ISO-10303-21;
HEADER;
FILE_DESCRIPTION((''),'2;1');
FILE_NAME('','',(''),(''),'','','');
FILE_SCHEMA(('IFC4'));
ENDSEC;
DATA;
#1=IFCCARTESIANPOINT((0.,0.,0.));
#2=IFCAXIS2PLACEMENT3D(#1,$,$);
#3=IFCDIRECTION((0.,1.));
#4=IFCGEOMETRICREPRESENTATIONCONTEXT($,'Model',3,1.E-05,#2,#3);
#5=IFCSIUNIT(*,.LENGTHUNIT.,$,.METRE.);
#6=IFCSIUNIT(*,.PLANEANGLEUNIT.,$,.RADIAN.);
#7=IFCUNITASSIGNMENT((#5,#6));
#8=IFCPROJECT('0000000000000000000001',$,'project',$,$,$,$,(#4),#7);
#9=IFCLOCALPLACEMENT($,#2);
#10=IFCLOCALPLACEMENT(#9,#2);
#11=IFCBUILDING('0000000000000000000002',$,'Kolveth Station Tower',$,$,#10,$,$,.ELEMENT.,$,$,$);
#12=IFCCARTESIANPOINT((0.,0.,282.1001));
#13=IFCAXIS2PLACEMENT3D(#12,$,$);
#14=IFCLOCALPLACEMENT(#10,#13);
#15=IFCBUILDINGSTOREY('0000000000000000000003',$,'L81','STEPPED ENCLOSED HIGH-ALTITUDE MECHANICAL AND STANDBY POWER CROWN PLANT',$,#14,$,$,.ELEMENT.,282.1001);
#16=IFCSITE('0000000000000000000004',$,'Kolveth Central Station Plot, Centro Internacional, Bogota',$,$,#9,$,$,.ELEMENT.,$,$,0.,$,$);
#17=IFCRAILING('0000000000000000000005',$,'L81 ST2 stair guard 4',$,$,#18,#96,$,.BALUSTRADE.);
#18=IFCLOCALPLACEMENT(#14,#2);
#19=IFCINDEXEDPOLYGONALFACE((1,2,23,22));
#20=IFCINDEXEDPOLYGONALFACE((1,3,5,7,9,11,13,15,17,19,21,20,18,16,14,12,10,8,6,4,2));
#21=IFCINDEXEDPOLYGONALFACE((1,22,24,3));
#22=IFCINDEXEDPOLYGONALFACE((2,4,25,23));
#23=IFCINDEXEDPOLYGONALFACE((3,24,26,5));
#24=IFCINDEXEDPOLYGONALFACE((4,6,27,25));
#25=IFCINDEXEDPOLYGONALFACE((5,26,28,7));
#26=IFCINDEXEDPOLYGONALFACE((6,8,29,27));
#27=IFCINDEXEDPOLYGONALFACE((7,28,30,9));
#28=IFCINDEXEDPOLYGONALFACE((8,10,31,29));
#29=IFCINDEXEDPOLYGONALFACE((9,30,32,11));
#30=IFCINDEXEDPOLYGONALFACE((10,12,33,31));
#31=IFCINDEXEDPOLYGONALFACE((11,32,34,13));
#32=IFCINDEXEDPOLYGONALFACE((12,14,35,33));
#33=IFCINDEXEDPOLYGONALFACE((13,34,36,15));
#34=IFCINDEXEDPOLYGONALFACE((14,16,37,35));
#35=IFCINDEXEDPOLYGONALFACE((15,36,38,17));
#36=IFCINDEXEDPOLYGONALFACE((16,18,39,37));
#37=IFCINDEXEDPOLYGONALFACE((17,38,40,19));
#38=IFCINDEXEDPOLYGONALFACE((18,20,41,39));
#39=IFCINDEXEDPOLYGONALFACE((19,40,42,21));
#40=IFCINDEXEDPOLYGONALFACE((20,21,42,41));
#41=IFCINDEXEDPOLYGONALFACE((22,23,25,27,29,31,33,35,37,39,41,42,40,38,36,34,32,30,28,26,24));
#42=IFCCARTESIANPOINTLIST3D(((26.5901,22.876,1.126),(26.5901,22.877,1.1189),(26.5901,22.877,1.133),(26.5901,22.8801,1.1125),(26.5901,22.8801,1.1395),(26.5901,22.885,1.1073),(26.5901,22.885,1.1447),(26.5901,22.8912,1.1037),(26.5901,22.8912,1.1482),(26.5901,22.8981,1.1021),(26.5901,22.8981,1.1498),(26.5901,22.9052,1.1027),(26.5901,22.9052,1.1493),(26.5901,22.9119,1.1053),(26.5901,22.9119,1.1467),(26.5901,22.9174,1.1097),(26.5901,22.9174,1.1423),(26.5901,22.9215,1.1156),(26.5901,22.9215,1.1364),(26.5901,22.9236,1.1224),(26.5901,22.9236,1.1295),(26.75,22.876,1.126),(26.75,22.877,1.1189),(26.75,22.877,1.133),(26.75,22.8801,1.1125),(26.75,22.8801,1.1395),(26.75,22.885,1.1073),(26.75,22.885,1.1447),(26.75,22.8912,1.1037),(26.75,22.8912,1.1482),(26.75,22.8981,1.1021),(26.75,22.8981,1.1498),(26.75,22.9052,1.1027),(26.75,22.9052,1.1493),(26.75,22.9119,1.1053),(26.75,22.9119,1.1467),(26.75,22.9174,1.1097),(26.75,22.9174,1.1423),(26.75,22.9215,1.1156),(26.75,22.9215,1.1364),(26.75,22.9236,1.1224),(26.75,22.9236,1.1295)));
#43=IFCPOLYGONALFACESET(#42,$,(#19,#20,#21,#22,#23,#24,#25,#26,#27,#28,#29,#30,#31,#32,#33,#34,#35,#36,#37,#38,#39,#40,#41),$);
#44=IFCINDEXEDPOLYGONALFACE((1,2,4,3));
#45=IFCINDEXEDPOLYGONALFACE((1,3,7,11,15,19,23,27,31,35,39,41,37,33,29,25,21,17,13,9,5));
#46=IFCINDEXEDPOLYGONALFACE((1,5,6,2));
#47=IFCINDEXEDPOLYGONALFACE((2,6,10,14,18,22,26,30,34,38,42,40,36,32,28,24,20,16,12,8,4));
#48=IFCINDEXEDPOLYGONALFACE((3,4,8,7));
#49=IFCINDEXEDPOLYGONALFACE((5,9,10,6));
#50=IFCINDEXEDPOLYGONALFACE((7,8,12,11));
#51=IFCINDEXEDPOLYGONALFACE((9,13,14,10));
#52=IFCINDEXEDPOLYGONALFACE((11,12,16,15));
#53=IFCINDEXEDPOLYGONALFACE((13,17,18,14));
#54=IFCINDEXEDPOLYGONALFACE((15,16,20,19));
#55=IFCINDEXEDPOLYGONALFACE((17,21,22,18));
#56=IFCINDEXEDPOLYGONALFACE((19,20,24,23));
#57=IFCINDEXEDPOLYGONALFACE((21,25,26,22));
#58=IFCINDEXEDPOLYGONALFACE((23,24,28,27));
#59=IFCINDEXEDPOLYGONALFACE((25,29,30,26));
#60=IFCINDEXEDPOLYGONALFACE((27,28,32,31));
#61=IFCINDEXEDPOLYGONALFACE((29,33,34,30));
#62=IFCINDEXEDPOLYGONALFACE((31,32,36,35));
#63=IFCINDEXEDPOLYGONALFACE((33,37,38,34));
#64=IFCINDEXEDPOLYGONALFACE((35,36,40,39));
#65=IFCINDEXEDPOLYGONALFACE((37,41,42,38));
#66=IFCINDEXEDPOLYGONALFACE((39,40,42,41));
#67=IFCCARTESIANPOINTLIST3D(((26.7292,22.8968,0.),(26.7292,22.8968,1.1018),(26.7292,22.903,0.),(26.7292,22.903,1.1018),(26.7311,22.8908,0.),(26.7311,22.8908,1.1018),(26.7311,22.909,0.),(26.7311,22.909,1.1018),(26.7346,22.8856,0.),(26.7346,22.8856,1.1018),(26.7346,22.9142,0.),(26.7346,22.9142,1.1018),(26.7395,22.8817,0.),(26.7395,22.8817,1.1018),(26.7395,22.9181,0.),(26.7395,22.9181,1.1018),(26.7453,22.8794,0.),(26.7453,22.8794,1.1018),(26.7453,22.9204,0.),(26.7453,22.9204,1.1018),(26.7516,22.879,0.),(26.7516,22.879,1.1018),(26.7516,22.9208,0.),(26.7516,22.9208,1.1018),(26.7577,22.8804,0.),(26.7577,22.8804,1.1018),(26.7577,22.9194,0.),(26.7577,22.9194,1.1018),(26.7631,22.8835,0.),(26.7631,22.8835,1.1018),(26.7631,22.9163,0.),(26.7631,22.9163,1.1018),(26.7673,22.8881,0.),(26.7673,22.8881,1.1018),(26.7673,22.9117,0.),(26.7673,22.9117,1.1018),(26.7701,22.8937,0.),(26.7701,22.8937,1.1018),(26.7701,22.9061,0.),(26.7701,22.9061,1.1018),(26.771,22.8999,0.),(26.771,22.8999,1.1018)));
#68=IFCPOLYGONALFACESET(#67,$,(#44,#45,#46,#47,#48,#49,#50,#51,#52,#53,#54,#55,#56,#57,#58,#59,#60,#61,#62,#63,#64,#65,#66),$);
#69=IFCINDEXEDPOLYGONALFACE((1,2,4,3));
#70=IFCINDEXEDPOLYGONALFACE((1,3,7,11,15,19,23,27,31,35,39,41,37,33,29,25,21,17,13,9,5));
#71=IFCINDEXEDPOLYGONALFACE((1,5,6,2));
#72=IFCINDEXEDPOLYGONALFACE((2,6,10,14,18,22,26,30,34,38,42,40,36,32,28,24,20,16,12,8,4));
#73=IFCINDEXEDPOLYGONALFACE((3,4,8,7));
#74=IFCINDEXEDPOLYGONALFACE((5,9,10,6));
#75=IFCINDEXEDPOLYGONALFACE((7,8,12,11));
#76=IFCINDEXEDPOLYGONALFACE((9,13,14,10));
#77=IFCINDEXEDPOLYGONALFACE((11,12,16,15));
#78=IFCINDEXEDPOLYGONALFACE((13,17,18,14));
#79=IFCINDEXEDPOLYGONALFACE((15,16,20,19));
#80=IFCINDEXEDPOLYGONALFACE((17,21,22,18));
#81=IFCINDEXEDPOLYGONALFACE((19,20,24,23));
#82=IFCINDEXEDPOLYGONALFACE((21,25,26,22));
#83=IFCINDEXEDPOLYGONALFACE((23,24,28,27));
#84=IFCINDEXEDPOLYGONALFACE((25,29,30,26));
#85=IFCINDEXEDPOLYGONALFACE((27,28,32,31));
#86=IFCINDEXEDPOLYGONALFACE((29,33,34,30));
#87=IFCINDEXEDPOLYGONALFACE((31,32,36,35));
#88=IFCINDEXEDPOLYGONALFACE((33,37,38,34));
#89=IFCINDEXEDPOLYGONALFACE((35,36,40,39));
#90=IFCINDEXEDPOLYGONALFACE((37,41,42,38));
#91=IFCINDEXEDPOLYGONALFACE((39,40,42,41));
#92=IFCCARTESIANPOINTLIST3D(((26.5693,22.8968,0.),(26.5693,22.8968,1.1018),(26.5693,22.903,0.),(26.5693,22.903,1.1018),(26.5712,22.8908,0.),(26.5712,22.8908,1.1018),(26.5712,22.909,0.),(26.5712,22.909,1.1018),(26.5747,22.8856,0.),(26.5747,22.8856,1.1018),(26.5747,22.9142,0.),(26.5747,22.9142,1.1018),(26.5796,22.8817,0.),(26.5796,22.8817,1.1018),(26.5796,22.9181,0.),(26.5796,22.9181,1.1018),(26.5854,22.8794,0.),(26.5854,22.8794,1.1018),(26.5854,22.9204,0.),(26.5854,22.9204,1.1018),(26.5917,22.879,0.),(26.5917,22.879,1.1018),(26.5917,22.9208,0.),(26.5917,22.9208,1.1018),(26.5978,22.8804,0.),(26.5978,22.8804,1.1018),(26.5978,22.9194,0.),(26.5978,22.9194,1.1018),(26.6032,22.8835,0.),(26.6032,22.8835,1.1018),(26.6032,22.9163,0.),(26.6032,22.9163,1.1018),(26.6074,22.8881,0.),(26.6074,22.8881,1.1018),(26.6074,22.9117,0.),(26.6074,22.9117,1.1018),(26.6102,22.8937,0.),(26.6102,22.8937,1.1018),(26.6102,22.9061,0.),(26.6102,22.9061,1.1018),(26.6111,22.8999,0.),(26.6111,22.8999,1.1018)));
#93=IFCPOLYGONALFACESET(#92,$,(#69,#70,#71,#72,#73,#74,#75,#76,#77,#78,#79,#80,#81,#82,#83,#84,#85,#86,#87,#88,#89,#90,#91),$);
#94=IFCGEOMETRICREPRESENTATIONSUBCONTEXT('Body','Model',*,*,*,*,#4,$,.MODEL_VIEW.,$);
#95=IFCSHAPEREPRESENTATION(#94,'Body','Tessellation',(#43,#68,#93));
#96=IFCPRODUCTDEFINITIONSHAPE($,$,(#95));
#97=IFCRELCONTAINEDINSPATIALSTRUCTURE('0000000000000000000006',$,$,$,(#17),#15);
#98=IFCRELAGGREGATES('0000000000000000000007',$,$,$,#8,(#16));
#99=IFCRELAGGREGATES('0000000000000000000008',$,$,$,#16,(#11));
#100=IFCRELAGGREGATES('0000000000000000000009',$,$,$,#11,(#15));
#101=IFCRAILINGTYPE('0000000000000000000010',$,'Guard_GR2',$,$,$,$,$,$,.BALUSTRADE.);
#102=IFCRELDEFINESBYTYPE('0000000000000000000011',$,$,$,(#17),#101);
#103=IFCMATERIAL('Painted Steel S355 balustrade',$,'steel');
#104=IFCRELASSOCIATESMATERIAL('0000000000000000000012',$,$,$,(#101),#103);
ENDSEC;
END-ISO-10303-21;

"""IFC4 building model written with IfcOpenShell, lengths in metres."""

from ifc_helpers import new_model, si_unit, direction, frame, origin, origin_2d, place, context, subcontext, project, spatial, circle, extrude, material, type_object, element, save


model = new_model("IFC4")

# Units and contexts
model_context = context("Model", 3, precision=1e-05, world=origin(), true_north=direction((0.0, 1.0)))
body_context = subcontext(model_context, "Body", "Model", "MODEL_VIEW")
ifc_project = project(units=[si_unit("LENGTHUNIT", "METRE"), si_unit("PLANEANGLEUNIT", "RADIAN")], contexts=[model_context])

# Site, building, storey
site_placement = place(None, origin())
site = spatial("IfcSite", under=ifc_project, at=site_placement, Name="Kolveth Central Station Plot, Centro Internacional, Bogota", CompositionType="ELEMENT", RefElevation=0.0)
building_placement = place(site_placement, origin())
building = spatial("IfcBuilding", under=site, at=building_placement, Name="Kolveth Station Tower", CompositionType="ELEMENT")
storey_placement = place(building_placement, frame((0.0, 0.0, 282.1001)))
storey = spatial("IfcBuildingStorey", under=building, at=storey_placement, Name="L81", Description="STEPPED ENCLOSED HIGH-ALTITUDE MECHANICAL AND STANDBY POWER CROWN PLANT", CompositionType="ELEMENT", Elevation=282.1001)

# Railing
ifc_material_1 = material(Name="Painted Steel S355 balustrade", Category="steel")
railing_type_1 = type_object("IfcRailingType", Name="Guard_GR2", PredefinedType="BALUSTRADE", material=ifc_material_1)
railing_1_placement = place(storey_placement, frame((26.75, 22.8999, 0.0)))
element("IfcRailing", 1, at=railing_1_placement, inside=storey, type_object=railing_type_1, Name="L81 ST2 stair guard 4", PredefinedType="BALUSTRADE", context=body_context, shape_type="SweptSolid", body=[
    extrude(circle(Radius=0.0239, at=origin_2d()), frame((0.0, 0.0, 1.126), z_axis=(-1.0, 0.0, 0.0), x_axis=(0.0, -1.0, 0.0)), (0.0, 0.0, 1.0), 0.1599),
    extrude(circle(Radius=0.021, at=origin_2d()), origin(), (0.0, 0.0, 1.0), 1.1018),
    extrude(circle(Radius=0.021, at=origin_2d()), frame((-0.1599, 0.0, 0.0)), (0.0, 0.0, 1.0), 1.1018),
])

save(model, "model.ifc")
